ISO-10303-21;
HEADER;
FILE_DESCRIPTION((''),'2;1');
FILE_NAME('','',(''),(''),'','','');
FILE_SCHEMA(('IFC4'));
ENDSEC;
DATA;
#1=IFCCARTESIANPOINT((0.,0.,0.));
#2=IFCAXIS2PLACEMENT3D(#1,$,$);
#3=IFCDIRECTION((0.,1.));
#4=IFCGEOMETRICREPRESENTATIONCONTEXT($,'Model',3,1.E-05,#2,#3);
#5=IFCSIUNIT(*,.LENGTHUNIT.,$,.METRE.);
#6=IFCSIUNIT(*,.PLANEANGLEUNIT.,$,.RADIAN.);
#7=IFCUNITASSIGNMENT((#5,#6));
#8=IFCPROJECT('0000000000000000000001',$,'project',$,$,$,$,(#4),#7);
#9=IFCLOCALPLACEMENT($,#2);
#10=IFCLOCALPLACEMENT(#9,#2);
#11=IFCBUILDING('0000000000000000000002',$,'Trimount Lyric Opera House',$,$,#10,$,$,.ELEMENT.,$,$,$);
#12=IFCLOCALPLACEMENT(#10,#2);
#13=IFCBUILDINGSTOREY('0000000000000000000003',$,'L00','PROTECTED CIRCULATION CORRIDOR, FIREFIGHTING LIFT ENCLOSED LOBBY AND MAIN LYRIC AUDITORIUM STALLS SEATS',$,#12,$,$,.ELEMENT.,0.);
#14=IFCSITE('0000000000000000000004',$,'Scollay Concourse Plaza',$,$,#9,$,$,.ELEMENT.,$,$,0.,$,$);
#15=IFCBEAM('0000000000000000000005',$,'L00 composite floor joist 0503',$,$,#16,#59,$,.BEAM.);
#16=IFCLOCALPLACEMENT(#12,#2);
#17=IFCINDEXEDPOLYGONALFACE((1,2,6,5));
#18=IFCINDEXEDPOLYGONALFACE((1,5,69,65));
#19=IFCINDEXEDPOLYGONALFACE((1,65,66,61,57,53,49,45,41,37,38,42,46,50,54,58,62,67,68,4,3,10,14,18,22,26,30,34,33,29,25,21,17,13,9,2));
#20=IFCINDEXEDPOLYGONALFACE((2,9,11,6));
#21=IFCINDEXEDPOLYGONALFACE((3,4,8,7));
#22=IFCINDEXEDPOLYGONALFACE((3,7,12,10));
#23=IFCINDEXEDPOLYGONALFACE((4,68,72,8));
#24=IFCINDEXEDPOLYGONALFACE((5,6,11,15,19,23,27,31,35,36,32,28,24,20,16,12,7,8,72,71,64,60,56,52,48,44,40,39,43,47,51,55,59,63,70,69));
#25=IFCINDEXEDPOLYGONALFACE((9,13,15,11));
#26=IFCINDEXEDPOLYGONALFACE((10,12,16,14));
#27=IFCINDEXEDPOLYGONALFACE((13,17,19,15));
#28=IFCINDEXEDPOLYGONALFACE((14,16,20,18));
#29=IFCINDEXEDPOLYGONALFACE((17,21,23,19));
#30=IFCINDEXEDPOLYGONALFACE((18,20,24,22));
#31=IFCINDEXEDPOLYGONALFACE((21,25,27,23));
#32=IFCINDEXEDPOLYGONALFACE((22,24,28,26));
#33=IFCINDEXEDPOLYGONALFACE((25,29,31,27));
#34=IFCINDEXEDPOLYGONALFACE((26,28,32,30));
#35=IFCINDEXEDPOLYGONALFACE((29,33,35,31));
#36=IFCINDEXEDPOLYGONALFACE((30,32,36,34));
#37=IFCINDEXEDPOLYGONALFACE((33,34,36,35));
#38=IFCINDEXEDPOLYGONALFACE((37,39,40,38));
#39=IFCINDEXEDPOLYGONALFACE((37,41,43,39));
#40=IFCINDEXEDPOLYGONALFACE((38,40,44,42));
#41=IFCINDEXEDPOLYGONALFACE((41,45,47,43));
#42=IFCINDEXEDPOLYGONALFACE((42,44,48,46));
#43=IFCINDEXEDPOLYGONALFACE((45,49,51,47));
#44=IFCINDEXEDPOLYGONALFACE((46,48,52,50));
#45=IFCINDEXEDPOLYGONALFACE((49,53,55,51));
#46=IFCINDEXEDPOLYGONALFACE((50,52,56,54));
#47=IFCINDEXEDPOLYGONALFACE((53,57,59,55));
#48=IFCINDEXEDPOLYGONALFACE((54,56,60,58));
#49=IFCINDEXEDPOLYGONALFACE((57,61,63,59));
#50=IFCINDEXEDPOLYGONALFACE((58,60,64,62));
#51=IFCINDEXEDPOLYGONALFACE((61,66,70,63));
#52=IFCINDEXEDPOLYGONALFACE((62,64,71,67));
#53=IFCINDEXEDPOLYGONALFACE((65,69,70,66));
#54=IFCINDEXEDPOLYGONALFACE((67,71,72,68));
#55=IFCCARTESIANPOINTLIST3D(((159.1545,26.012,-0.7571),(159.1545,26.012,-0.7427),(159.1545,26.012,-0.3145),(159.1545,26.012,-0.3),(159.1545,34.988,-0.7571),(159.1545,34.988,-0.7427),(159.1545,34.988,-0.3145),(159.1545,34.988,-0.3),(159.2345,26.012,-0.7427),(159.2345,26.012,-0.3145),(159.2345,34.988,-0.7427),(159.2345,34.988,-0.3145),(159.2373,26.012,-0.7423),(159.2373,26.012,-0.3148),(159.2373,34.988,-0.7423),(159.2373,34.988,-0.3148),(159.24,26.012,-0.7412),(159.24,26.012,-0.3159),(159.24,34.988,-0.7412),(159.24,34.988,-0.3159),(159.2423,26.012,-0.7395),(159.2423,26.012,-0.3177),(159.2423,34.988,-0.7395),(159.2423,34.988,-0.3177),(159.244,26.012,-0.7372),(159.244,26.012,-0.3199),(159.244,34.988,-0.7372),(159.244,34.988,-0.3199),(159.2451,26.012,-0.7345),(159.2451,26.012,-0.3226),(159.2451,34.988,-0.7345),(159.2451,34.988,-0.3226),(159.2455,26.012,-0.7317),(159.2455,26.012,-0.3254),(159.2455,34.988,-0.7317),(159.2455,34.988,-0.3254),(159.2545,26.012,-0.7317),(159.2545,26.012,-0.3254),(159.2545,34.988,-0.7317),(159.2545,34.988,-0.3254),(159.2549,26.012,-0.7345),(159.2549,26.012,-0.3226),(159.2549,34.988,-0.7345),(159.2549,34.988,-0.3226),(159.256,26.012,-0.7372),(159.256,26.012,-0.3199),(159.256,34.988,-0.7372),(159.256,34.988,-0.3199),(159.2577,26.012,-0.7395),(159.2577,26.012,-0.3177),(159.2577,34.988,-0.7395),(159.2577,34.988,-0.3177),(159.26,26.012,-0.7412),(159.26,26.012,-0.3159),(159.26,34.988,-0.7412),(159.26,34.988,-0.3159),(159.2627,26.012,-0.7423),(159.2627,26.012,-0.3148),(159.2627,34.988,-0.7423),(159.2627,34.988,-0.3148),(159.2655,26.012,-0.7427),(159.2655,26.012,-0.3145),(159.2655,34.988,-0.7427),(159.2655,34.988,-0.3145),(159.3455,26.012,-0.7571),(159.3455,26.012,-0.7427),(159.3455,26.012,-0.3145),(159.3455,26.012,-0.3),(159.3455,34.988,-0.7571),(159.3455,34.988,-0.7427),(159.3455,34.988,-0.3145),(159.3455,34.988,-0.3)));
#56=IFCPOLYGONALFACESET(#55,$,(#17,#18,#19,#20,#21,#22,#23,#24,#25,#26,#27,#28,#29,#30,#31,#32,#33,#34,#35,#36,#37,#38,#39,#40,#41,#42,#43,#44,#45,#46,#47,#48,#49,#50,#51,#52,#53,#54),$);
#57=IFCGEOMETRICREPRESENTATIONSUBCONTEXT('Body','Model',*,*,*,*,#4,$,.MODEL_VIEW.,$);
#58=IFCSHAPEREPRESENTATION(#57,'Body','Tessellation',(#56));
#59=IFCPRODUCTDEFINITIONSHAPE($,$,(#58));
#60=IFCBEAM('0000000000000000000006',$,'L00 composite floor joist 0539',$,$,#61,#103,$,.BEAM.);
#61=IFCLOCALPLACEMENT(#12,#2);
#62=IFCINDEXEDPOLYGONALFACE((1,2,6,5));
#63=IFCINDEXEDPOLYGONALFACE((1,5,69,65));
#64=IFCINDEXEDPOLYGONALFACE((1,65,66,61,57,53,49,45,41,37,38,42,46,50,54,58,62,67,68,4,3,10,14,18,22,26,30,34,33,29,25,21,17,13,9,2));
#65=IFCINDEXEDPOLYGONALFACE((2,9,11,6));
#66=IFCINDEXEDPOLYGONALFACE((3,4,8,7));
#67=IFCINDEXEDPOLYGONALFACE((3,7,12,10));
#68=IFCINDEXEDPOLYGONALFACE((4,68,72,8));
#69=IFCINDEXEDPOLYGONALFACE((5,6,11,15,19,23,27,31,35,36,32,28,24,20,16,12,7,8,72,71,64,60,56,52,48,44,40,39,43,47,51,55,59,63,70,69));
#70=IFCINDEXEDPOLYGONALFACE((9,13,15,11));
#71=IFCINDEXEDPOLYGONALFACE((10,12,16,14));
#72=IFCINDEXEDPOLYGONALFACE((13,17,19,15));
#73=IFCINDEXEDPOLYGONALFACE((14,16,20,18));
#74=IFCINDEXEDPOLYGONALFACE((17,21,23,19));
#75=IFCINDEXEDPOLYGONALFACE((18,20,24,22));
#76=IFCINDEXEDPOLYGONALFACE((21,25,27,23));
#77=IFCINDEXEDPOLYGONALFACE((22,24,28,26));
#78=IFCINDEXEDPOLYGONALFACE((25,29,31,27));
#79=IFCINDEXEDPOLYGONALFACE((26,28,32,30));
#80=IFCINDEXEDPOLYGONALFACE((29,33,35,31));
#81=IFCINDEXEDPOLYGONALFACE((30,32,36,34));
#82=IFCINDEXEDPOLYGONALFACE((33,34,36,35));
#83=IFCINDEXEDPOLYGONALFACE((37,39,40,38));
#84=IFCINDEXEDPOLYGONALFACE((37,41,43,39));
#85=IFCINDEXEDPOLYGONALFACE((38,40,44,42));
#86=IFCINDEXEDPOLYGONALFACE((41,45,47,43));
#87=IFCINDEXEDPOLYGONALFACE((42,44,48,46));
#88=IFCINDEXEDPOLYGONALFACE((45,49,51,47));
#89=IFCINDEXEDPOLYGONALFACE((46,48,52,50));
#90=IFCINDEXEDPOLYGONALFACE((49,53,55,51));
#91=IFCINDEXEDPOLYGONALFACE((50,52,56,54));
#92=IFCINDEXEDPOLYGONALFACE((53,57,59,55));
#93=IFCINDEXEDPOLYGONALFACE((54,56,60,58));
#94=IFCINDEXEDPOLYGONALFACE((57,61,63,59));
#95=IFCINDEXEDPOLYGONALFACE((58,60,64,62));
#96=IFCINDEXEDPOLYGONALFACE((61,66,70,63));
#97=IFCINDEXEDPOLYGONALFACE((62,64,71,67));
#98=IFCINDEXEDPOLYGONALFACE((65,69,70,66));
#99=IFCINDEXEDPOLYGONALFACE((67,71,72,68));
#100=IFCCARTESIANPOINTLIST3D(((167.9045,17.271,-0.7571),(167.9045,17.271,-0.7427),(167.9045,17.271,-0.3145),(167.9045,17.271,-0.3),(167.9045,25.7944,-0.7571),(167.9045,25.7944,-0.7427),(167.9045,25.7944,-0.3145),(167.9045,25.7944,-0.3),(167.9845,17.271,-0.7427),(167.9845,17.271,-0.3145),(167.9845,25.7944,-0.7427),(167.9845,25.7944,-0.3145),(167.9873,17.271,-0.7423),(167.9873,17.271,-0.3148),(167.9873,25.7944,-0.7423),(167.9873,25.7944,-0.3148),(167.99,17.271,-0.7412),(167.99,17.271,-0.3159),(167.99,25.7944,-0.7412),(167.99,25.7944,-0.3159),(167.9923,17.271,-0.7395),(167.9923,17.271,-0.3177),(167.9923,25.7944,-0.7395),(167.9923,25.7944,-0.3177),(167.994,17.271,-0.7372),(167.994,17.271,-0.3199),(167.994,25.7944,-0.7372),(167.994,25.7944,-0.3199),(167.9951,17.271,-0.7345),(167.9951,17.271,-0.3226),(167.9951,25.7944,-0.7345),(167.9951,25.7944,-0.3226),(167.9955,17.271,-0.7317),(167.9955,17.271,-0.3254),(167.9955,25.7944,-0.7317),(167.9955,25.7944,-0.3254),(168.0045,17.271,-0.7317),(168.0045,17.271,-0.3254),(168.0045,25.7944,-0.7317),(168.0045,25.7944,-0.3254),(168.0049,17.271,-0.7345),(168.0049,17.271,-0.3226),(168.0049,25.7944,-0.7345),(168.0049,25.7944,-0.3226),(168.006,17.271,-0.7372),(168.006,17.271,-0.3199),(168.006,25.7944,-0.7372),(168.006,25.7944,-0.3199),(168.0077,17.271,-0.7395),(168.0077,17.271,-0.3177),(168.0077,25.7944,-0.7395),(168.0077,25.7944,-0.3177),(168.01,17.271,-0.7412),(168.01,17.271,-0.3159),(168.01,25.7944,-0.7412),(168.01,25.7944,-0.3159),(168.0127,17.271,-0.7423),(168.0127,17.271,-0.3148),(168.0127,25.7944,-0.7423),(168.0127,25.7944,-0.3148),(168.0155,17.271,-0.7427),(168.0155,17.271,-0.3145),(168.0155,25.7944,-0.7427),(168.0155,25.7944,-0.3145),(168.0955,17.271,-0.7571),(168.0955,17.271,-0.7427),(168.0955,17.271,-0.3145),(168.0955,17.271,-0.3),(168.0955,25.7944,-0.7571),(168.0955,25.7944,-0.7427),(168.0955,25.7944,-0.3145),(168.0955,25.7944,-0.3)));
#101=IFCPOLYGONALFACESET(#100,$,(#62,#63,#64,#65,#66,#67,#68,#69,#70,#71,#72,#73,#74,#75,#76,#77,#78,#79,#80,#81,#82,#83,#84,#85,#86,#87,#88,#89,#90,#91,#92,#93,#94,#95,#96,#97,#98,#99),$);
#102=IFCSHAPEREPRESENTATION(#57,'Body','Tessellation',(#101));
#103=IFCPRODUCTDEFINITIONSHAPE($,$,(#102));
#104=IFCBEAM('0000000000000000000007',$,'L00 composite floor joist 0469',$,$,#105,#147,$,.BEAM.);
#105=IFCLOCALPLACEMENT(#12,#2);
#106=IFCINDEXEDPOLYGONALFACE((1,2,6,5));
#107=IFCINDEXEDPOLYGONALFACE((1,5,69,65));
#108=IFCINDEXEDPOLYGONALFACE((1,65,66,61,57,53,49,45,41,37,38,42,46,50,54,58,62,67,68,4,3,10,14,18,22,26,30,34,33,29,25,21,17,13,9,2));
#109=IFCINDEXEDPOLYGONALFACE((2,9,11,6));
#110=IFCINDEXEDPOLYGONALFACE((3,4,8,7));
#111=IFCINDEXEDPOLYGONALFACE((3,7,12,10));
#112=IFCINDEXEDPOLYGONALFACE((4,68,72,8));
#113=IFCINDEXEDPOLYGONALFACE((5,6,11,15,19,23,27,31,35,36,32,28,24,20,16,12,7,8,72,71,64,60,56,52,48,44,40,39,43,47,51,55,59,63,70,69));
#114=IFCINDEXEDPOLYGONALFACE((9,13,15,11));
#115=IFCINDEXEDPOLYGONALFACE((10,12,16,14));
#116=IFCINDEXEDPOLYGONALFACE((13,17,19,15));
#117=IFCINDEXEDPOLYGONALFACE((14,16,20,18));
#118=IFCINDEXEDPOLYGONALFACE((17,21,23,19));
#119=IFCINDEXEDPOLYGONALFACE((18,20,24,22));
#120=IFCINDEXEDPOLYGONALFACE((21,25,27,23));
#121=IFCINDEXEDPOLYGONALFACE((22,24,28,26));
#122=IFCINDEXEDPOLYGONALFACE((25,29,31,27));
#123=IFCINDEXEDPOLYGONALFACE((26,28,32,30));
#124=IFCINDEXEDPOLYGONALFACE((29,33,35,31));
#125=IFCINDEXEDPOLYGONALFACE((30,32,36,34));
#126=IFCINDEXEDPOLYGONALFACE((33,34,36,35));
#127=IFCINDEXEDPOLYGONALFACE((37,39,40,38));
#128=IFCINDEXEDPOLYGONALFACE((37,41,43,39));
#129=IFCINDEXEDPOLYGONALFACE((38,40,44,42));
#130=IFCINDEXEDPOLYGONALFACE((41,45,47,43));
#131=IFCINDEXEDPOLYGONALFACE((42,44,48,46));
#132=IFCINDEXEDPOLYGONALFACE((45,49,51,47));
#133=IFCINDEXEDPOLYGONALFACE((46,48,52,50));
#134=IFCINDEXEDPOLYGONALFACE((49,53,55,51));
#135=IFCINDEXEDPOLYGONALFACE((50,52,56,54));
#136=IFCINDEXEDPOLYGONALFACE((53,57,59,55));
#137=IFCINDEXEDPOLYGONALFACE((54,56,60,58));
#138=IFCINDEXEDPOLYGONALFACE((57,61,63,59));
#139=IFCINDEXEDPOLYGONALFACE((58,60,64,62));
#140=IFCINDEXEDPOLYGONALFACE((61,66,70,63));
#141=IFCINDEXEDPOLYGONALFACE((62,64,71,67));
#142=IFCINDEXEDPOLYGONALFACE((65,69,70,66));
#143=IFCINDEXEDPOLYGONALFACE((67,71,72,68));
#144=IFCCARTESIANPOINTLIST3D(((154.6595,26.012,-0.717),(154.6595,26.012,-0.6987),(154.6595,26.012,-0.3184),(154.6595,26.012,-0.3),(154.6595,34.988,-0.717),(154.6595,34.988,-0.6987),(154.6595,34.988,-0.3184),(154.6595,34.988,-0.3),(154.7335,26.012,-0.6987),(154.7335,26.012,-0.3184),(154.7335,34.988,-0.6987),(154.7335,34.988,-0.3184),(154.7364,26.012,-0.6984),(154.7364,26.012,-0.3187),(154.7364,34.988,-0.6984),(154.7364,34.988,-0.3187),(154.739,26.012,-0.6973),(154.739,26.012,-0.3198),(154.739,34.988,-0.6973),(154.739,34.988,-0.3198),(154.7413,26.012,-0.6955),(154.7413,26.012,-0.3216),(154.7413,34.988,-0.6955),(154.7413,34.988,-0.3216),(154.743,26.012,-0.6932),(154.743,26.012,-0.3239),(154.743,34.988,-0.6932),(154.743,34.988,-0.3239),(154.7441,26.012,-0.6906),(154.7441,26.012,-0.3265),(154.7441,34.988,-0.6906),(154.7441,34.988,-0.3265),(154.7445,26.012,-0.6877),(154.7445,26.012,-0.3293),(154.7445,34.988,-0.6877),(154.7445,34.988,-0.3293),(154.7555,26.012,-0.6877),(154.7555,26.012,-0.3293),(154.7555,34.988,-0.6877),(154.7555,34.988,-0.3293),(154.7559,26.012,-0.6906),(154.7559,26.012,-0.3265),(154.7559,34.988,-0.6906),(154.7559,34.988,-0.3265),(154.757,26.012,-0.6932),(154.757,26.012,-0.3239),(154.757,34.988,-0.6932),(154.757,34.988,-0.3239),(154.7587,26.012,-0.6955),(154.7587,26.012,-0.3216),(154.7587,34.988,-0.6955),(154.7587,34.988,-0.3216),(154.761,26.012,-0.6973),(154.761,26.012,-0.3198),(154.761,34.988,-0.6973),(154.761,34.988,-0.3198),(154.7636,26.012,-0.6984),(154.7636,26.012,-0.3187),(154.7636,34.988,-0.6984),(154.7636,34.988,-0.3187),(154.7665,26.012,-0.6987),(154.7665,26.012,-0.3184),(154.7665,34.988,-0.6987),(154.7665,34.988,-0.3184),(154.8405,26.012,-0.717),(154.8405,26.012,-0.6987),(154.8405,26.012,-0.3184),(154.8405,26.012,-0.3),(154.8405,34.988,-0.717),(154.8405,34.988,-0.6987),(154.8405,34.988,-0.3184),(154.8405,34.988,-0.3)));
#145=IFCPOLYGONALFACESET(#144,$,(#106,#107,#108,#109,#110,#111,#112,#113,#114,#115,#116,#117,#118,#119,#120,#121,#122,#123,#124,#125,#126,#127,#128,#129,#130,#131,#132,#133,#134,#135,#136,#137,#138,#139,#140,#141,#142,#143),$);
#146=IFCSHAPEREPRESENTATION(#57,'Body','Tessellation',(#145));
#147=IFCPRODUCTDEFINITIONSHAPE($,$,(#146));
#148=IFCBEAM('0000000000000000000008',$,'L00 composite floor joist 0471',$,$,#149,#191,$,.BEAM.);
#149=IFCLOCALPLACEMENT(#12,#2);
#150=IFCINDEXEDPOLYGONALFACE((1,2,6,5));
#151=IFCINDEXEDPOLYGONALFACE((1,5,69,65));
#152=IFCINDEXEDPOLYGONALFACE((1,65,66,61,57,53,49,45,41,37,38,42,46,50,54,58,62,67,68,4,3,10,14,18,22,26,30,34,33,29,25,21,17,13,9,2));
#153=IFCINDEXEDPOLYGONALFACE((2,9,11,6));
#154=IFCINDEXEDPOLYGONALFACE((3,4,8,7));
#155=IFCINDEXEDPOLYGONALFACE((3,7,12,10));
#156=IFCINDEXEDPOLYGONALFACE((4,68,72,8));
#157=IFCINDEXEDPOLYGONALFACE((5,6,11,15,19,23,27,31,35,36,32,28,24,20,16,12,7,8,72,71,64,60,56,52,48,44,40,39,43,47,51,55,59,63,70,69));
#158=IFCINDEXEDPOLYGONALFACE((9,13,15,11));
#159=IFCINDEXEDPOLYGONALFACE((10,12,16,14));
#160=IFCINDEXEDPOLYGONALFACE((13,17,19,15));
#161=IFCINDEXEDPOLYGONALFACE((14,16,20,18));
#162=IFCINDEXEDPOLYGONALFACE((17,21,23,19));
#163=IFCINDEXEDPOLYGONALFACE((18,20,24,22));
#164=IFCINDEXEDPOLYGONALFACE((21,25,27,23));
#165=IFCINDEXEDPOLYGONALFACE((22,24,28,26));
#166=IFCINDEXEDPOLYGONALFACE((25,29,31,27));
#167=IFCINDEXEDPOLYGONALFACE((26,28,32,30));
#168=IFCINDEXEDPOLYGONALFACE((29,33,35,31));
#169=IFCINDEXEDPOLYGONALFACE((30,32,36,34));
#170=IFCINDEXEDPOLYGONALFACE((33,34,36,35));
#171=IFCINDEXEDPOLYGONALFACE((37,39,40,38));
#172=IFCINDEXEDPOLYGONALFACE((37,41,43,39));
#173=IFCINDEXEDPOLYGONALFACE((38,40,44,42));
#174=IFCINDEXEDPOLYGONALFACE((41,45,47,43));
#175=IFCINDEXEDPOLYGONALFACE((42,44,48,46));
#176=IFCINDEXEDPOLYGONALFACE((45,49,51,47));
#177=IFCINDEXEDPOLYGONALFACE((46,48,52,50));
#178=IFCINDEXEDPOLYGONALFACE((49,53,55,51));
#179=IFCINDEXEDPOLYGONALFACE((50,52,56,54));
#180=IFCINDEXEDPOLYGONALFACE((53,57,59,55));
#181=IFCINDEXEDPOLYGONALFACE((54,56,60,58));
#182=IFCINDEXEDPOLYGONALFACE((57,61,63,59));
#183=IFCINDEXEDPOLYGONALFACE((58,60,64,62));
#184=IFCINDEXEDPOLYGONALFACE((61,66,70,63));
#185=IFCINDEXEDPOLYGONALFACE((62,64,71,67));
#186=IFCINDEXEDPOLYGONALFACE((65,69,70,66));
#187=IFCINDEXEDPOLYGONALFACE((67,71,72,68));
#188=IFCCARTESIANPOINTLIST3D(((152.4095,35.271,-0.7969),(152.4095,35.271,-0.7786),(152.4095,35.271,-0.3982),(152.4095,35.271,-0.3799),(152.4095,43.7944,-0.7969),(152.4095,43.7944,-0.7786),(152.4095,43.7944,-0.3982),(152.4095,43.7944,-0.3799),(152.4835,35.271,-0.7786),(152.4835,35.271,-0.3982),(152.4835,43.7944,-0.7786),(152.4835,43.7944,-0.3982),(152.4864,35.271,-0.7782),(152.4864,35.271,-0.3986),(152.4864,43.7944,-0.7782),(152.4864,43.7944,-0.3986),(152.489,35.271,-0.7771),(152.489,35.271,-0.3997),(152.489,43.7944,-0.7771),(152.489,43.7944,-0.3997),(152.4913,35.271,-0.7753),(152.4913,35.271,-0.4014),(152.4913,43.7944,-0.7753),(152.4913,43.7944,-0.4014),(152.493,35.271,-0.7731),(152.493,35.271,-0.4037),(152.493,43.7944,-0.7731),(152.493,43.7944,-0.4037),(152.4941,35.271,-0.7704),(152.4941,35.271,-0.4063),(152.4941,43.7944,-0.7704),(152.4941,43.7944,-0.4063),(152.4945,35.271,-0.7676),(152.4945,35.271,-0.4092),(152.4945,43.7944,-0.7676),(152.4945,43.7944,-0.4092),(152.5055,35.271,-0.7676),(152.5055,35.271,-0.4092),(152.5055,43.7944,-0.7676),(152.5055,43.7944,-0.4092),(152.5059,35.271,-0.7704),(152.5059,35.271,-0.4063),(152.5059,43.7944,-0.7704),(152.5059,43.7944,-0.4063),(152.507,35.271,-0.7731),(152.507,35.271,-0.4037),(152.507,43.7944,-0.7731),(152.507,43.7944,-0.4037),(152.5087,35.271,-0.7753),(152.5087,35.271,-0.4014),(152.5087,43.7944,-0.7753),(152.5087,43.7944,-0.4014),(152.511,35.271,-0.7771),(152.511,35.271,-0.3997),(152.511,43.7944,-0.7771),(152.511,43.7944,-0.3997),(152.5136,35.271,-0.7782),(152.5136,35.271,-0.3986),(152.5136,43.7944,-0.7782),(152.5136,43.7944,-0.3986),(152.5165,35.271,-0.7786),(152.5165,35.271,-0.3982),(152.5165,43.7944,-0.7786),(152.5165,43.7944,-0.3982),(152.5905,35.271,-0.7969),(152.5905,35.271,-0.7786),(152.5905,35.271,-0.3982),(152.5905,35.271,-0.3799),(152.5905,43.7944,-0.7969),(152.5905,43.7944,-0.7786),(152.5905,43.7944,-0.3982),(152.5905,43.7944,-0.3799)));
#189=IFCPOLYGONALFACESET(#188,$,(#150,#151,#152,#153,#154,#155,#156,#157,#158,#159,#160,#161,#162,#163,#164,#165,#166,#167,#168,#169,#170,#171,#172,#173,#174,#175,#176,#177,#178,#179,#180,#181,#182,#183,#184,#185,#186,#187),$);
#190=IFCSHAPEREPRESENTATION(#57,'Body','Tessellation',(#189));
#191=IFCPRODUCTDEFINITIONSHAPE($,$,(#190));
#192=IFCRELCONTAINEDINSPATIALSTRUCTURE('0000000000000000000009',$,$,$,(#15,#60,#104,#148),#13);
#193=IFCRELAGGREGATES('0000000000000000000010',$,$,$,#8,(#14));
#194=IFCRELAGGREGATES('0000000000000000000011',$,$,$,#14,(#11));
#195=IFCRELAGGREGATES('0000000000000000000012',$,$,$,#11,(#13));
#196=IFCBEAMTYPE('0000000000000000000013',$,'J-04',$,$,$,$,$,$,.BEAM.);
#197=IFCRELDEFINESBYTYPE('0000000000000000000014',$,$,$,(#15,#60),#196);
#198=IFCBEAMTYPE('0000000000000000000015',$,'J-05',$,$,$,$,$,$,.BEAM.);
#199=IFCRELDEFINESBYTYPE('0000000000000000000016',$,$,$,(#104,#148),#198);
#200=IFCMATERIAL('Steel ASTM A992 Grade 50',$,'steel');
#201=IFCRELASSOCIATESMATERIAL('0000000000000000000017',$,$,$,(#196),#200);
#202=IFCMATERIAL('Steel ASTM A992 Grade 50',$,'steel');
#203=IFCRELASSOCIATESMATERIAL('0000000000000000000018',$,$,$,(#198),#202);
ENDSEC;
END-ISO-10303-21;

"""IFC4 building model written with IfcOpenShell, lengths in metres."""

from ifc_helpers import new_model, si_unit, direction, frame, origin, origin_2d, place, context, subcontext, project, spatial, i_section, extrude, material, material_profile, profile_set, type_object, element, save


model = new_model("IFC4")

# Units and contexts
model_context = context("Model", 3, precision=1e-05, world=origin(), true_north=direction((0.0, 1.0)))
body_context = subcontext(model_context, "Body", "Model", "MODEL_VIEW")
ifc_project = project(units=[si_unit("LENGTHUNIT", "METRE"), si_unit("PLANEANGLEUNIT", "RADIAN")], contexts=[model_context])

# Site, building, storey
site_placement = place(None, origin())
site = spatial("IfcSite", under=ifc_project, at=site_placement, Name="Scollay Concourse Plaza", CompositionType="ELEMENT", RefElevation=0.0)
building_placement = place(site_placement, origin())
building = spatial("IfcBuilding", under=site, at=building_placement, Name="Trimount Lyric Opera House", CompositionType="ELEMENT")
storey_placement = place(building_placement, origin())
storey = spatial("IfcBuildingStorey", under=building, at=storey_placement, Name="L00", Description="PROTECTED CIRCULATION CORRIDOR, FIREFIGHTING LIFT ENCLOSED LOBBY AND MAIN LYRIC AUDITORIUM STALLS SEATS", CompositionType="ELEMENT", Elevation=0.0)

# Beams
ifc_material_1 = material(Name="Steel ASTM A992 Grade 50", Category="steel")
ifc_material_profile_1 = material_profile(ifc_material_1, i_section(OverallWidth=0.1909, OverallDepth=0.457, WebThickness=0.009, FlangeThickness=0.0144, FilletRadius=0.011, at=origin_2d()), Name="W18X50")
ifc_profile_set_1 = profile_set([ifc_material_profile_1], Name="Steel ASTM A992 Grade 50")
beam_type_1 = type_object("IfcBeamType", Name="J-04", PredefinedType="BEAM", material=ifc_profile_set_1)
beam_1_placement = place(storey_placement, frame((159.25, 26.012, -0.5286), z_axis=(0.0, 1.0, 0.0), x_axis=(-1.0, 0.0, 0.0)))
element("IfcBeam", 1, at=beam_1_placement, inside=storey, type_object=beam_type_1, Name="L00 composite floor joist 0503", PredefinedType="BEAM", context=body_context, shape_type="SweptSolid", body=[
    extrude(i_section(OverallWidth=0.1909, OverallDepth=0.457, WebThickness=0.009, FlangeThickness=0.0144, FilletRadius=0.011, at=origin_2d()), origin(), (0.0, 0.0, 1.0), 8.9761),
])
beam_2_placement = place(storey_placement, frame((168.0, 17.271, -0.5286), z_axis=(0.0, 1.0, 0.0), x_axis=(-1.0, 0.0, 0.0)))
element("IfcBeam", 2, at=beam_2_placement, inside=storey, type_object=beam_type_1, Name="L00 composite floor joist 0539", PredefinedType="BEAM", context=body_context, shape_type="SweptSolid", body=[
    extrude(i_section(OverallWidth=0.1909, OverallDepth=0.457, WebThickness=0.009, FlangeThickness=0.0144, FilletRadius=0.011, at=origin_2d()), origin(), (0.0, 0.0, 1.0), 8.5234),
])
ifc_material_2 = material(Name="Steel ASTM A992 Grade 50", Category="steel")
ifc_material_profile_2 = material_profile(ifc_material_2, i_section(OverallWidth=0.1809, OverallDepth=0.417, WebThickness=0.011, FlangeThickness=0.0183, FilletRadius=0.011, at=origin_2d()), Name="W16X57")
ifc_profile_set_2 = profile_set([ifc_material_profile_2], Name="Steel ASTM A992 Grade 50")
beam_type_2 = type_object("IfcBeamType", Name="J-05", PredefinedType="BEAM", material=ifc_profile_set_2)
beam_3_placement = place(storey_placement, frame((154.75, 26.012, -0.5085), z_axis=(0.0, 1.0, 0.0), x_axis=(-1.0, 0.0, 0.0)))
element("IfcBeam", 3, at=beam_3_placement, inside=storey, type_object=beam_type_2, Name="L00 composite floor joist 0469", PredefinedType="BEAM", context=body_context, shape_type="SweptSolid", body=[
    extrude(i_section(OverallWidth=0.1809, OverallDepth=0.417, WebThickness=0.011, FlangeThickness=0.0183, FilletRadius=0.011, at=origin_2d()), origin(), (0.0, 0.0, 1.0), 8.9761),
])
beam_4_placement = place(storey_placement, frame((152.5, 35.271, -0.5884), z_axis=(0.0, 1.0, 0.0), x_axis=(-1.0, 0.0, 0.0)))
element("IfcBeam", 4, at=beam_4_placement, inside=storey, type_object=beam_type_2, Name="L00 composite floor joist 0471", PredefinedType="BEAM", context=body_context, shape_type="SweptSolid", body=[
    extrude(i_section(OverallWidth=0.1809, OverallDepth=0.417, WebThickness=0.011, FlangeThickness=0.0183, FilletRadius=0.011, at=origin_2d()), origin(), (0.0, 0.0, 1.0), 8.5234),
])

save(model, "model.ifc")
